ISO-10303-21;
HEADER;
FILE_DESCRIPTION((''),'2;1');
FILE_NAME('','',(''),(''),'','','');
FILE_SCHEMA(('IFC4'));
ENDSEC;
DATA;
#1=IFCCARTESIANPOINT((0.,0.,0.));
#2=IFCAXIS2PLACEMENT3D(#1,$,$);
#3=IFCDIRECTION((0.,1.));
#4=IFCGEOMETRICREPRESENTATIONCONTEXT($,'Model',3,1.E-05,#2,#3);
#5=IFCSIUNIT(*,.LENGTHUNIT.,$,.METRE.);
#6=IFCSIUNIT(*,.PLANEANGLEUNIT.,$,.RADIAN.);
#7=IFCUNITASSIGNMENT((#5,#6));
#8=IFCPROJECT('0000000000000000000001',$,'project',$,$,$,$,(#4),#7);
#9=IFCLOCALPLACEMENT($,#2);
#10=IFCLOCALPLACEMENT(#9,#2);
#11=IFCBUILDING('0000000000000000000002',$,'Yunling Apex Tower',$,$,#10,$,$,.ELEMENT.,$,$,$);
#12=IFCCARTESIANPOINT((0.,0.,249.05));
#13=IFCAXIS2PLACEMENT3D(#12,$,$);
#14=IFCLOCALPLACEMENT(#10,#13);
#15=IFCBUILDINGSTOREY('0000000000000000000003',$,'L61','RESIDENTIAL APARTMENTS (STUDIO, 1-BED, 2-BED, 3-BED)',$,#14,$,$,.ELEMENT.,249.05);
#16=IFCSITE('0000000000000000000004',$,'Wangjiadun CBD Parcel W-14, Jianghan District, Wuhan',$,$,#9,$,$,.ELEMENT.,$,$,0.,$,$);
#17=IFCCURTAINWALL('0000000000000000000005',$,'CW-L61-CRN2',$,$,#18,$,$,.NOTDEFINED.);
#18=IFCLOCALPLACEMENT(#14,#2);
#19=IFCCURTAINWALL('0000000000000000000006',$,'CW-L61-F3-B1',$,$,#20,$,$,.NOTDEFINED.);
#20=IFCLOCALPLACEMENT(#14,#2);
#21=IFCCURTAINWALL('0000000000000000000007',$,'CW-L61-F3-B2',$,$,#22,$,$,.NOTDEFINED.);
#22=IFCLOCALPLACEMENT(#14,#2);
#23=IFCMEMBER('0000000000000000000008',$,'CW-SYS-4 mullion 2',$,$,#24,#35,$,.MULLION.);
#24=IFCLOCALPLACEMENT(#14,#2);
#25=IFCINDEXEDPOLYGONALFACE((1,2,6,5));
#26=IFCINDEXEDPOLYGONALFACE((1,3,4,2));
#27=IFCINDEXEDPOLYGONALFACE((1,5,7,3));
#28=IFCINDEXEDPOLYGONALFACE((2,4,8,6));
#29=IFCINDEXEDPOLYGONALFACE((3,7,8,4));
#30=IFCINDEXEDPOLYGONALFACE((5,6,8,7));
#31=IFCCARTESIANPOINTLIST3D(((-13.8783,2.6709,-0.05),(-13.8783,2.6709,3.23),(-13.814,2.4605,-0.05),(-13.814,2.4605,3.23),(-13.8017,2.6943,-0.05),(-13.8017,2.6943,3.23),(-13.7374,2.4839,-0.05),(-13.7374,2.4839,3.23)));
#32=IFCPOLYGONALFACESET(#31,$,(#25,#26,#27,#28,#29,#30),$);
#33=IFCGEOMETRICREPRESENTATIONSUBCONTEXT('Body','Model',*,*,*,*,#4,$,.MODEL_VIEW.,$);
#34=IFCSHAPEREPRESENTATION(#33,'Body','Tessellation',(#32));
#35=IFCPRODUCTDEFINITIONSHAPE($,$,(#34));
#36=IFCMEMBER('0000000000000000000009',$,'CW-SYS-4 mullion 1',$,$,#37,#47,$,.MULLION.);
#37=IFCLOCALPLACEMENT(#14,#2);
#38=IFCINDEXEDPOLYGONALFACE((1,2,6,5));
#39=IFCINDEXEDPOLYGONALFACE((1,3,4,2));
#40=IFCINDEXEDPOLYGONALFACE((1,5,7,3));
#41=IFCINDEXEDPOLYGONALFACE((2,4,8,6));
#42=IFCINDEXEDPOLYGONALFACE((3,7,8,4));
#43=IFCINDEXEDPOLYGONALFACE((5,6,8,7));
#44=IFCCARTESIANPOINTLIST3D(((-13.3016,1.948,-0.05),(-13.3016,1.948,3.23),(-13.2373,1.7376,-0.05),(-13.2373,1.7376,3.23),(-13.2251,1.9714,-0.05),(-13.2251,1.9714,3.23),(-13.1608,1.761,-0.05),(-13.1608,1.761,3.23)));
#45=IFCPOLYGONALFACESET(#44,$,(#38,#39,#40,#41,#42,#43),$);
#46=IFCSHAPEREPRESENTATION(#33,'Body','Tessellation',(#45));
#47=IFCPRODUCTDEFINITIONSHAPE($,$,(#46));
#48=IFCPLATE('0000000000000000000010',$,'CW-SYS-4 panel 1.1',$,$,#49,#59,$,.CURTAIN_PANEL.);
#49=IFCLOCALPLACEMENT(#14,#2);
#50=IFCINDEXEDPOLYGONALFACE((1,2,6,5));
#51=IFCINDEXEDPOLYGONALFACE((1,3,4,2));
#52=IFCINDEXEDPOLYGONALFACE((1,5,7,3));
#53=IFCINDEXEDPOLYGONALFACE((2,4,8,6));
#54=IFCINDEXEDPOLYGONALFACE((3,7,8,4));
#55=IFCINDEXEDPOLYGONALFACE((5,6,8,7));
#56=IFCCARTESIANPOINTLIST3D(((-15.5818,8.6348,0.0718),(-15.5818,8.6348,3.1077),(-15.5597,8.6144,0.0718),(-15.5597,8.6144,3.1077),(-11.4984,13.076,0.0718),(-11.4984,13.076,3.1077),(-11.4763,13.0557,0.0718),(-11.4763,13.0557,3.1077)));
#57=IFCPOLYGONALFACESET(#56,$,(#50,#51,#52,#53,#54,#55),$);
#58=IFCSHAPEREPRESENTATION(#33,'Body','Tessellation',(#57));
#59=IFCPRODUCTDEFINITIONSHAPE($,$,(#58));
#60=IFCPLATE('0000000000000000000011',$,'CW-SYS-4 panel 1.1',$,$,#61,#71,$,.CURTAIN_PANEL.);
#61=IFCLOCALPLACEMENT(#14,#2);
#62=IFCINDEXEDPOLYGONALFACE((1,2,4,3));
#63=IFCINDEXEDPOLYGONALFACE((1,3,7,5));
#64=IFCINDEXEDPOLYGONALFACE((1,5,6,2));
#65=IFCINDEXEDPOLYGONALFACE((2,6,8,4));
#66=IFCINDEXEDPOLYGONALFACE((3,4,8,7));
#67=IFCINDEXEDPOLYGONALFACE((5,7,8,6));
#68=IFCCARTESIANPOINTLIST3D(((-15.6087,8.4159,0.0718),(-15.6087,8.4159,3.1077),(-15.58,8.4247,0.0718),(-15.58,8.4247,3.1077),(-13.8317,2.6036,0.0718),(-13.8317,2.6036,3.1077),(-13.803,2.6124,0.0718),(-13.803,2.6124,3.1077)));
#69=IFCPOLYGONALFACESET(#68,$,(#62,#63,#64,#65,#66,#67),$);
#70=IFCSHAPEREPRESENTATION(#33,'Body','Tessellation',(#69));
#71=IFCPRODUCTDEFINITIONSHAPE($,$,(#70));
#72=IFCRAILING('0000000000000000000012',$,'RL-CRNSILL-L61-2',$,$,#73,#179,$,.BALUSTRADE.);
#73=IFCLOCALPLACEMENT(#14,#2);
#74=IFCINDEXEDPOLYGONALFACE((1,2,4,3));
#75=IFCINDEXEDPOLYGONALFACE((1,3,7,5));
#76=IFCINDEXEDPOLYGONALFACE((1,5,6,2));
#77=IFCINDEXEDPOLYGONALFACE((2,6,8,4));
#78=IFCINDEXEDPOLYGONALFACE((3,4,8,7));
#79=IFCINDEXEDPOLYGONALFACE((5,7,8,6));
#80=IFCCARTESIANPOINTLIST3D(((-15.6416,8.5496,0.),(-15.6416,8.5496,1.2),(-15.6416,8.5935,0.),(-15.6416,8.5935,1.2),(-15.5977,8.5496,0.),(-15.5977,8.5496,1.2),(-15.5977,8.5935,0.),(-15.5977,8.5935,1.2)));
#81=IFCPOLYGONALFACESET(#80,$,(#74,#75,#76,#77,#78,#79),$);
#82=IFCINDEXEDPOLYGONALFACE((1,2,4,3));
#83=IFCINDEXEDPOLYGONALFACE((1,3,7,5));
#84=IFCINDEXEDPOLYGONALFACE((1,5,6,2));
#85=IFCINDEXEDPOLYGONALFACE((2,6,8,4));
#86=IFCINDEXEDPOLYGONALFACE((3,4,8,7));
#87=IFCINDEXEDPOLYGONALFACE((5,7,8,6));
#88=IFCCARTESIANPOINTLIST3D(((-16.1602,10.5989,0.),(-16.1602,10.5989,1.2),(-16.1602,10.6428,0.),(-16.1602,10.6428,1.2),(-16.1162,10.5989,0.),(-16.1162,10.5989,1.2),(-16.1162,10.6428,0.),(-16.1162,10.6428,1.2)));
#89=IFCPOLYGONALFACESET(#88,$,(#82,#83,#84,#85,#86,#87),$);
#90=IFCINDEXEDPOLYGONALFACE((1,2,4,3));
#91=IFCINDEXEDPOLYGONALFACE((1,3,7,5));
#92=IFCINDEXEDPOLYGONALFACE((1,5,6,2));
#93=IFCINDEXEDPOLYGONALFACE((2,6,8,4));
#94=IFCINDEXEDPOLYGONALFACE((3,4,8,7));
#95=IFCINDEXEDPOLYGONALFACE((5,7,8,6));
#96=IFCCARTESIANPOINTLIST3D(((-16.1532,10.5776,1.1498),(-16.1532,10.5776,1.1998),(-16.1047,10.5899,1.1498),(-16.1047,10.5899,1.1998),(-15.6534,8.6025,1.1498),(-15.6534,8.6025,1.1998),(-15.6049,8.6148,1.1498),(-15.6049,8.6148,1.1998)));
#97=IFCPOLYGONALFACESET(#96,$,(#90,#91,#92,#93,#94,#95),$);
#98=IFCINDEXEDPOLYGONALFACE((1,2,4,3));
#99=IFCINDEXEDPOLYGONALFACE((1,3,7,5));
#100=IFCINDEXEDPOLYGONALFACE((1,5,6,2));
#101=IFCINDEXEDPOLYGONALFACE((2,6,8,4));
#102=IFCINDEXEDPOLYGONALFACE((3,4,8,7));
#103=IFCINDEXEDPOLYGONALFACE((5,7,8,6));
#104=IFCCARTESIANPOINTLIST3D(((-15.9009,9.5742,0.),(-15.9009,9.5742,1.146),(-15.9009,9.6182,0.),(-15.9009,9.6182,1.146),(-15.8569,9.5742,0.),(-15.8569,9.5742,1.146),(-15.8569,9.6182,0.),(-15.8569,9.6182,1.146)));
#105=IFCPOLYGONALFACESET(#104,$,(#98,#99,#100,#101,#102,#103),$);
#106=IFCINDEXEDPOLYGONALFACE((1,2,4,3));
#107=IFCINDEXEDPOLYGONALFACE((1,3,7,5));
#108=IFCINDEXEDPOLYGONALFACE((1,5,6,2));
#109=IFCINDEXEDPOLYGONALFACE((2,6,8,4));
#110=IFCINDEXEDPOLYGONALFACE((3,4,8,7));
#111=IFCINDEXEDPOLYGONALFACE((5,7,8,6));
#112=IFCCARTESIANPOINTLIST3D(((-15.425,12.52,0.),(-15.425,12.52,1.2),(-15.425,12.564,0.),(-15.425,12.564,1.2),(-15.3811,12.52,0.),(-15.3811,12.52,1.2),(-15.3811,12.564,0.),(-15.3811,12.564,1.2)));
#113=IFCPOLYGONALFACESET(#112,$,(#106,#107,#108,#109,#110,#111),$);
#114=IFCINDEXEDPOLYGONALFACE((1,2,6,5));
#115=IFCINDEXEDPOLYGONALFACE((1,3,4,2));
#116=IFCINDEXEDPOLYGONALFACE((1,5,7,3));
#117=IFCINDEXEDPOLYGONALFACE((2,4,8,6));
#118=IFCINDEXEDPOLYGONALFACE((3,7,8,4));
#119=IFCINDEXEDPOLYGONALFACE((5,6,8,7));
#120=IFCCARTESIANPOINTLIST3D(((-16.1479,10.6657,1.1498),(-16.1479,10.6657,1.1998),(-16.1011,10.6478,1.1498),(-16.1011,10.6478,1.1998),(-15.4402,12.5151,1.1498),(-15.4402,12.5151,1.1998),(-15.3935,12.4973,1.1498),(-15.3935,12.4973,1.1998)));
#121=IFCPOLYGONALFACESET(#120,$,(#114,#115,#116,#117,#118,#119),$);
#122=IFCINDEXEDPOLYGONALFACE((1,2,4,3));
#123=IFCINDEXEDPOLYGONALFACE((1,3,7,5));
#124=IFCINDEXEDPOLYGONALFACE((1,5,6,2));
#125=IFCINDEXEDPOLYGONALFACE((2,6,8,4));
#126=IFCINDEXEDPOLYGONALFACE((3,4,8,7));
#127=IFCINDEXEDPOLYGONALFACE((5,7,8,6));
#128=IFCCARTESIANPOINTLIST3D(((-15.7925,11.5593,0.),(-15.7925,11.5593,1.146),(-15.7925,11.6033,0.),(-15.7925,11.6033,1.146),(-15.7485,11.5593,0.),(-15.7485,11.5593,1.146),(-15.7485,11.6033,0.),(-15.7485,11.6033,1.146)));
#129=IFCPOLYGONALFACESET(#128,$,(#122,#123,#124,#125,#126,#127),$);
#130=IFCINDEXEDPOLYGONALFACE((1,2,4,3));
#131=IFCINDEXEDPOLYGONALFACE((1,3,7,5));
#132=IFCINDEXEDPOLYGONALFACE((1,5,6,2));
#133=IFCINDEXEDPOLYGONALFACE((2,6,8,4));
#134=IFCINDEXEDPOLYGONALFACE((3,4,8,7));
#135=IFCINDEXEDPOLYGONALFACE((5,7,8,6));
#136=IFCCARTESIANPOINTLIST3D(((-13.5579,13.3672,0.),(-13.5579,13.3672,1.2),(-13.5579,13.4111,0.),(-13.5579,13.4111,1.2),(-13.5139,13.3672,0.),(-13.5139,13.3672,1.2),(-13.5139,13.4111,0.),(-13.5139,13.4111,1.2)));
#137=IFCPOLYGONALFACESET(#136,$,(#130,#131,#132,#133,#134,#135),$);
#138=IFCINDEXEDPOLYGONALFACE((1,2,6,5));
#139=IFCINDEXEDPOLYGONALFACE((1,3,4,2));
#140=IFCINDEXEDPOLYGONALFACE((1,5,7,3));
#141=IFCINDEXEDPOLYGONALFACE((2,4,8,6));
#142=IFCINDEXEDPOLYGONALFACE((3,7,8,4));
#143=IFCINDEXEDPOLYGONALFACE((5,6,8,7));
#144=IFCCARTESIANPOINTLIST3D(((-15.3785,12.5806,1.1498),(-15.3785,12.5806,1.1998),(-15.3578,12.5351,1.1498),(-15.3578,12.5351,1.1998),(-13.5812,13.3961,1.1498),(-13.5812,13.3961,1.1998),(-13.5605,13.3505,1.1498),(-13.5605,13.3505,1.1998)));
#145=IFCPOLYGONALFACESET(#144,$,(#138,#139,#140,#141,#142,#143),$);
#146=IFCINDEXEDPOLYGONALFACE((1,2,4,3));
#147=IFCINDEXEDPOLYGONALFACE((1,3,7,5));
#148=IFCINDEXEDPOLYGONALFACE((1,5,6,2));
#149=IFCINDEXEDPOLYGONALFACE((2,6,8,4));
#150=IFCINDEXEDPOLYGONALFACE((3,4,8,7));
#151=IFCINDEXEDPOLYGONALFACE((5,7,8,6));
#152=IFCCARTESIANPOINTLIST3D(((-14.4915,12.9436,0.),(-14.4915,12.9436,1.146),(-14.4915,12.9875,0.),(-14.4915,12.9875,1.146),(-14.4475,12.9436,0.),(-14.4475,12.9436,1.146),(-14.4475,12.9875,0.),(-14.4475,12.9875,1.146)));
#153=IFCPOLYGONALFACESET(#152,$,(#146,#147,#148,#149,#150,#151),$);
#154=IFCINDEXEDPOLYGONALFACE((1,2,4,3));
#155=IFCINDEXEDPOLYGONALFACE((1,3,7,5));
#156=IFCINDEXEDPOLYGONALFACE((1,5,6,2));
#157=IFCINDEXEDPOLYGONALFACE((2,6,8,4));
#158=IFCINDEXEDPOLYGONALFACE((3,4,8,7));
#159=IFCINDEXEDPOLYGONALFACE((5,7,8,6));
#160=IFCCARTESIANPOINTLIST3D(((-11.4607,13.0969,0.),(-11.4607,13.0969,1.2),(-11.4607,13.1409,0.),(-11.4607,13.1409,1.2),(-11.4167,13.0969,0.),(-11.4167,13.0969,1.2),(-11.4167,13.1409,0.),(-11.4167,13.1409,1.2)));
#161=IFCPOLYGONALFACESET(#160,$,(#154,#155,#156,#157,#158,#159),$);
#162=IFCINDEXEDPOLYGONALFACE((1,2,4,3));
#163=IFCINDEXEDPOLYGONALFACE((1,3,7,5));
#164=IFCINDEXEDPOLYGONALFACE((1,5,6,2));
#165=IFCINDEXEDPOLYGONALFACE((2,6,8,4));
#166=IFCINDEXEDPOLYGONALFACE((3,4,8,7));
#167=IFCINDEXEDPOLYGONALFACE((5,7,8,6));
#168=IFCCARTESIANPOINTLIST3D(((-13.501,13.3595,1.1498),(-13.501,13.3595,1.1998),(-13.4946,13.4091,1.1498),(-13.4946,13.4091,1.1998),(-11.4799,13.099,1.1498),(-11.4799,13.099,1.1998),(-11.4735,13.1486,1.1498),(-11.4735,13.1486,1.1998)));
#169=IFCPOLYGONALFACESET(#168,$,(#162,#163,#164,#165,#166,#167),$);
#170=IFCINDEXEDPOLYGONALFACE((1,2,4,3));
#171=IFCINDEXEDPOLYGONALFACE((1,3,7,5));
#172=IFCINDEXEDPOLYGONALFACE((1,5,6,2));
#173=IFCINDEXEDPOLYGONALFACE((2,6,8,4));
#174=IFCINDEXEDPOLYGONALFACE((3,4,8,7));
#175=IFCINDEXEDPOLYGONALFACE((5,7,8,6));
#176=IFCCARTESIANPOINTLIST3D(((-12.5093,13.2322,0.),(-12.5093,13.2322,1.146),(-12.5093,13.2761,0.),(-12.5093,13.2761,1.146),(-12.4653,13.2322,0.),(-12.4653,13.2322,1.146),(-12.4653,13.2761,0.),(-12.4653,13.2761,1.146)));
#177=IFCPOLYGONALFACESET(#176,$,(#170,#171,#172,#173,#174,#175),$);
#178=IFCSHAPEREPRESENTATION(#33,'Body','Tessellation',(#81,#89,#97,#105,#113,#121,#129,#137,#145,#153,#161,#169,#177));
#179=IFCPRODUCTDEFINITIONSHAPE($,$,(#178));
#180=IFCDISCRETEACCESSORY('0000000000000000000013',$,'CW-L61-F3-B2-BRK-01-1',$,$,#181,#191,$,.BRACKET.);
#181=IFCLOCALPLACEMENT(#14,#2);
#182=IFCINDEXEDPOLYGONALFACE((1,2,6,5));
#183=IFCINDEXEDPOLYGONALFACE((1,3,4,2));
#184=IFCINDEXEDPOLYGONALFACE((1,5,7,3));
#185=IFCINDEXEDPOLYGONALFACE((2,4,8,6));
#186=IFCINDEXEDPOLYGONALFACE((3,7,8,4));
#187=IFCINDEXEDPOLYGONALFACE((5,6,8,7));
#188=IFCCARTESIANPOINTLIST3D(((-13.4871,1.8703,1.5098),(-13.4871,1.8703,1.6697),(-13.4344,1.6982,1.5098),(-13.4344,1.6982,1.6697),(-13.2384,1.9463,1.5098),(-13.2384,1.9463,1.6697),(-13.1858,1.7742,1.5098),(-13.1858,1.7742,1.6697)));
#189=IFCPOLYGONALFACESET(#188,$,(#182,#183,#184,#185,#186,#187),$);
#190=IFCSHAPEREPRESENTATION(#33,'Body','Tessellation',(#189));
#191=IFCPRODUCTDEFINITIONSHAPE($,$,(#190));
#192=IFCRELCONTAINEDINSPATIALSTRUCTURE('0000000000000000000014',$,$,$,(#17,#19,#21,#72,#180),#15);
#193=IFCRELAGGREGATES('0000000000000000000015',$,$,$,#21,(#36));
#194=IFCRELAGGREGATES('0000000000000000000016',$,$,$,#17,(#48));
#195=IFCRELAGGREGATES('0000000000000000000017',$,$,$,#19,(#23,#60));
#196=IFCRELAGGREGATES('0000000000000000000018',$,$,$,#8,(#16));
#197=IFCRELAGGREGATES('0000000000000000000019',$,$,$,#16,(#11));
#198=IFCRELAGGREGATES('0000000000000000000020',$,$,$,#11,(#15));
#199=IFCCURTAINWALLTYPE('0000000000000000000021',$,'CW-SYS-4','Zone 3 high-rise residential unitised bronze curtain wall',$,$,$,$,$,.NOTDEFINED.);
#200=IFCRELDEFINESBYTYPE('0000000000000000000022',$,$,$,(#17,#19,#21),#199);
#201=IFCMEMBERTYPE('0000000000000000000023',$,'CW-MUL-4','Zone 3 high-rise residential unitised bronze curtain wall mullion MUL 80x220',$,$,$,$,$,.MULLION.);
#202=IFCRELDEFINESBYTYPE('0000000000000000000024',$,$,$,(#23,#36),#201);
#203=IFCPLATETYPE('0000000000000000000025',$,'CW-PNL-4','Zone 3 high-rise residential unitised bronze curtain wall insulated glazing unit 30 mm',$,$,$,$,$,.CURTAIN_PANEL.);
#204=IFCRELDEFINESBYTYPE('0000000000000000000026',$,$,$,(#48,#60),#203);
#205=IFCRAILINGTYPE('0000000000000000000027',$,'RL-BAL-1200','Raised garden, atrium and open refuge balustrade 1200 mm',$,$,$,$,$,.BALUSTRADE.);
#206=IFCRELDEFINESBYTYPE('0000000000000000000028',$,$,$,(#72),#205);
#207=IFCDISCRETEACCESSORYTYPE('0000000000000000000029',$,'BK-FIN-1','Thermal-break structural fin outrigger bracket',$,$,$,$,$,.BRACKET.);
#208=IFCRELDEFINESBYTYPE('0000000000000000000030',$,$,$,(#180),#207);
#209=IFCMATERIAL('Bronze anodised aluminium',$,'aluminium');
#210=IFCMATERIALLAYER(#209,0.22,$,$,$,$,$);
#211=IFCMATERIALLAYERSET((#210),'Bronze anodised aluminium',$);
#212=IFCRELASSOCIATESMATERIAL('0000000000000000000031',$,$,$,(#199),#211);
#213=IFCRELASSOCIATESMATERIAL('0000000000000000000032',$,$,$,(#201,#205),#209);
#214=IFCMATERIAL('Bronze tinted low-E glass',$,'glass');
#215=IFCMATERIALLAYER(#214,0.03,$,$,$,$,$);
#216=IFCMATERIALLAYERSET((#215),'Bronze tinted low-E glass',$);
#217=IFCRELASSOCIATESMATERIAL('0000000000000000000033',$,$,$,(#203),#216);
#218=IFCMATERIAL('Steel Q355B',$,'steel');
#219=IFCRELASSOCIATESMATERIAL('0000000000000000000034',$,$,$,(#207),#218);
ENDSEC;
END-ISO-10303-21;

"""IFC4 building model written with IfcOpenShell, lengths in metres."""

from ifc_helpers import new_model, si_unit, direction, frame, origin, origin_2d, place, context, subcontext, project, spatial, rectangle, extrude, source, transform, mapped, material, layer, layer_set, material_profile, profile_set, type_object, element, aggregate, save


model = new_model("IFC4")

# Units and contexts
model_context = context("Model", 3, precision=1e-05, world=origin(), true_north=direction((0.0, 1.0)))
body_context = subcontext(model_context, "Body", "Model", "MODEL_VIEW")
ifc_project = project(units=[si_unit("LENGTHUNIT", "METRE"), si_unit("PLANEANGLEUNIT", "RADIAN")], contexts=[model_context])

# Site, building, storey
site_placement = place(None, origin())
site = spatial("IfcSite", under=ifc_project, at=site_placement, Name="Wangjiadun CBD Parcel W-14, Jianghan District, Wuhan", CompositionType="ELEMENT", RefElevation=0.0)
building_placement = place(site_placement, origin())
building = spatial("IfcBuilding", under=site, at=building_placement, Name="Yunling Apex Tower", CompositionType="ELEMENT")
storey_placement = place(building_placement, frame((0.0, 0.0, 249.05)))
storey = spatial("IfcBuildingStorey", under=building, at=storey_placement, Name="L61", Description="RESIDENTIAL APARTMENTS (STUDIO, 1-BED, 2-BED, 3-BED)", CompositionType="ELEMENT", Elevation=249.05)

# Shared definitions
ifc_material_1 = material(Name="Steel Q355B", Category="steel")

# Curtain walls
ifc_material_2 = material(Name="Bronze anodised aluminium", Category="aluminium")
ifc_layer_1 = layer(ifc_material_2, 0.22)
ifc_layer_set_1 = layer_set([ifc_layer_1], Name="Bronze anodised aluminium")
curtain_wall_type = type_object("IfcCurtainWallType", Name="CW-SYS-4", Description="Zone 3 high-rise residential unitised bronze curtain wall", PredefinedType="NOTDEFINED", material=ifc_layer_set_1)
curtain_wall_1_placement = place(storey_placement, origin())
curtain_wall_1 = element("IfcCurtainWall", 1, at=curtain_wall_1_placement, inside=storey, type_object=curtain_wall_type, Name="CW-L61-CRN2", PredefinedType="NOTDEFINED")
curtain_wall_2_placement = place(storey_placement, origin())
curtain_wall_2 = element("IfcCurtainWall", 2, at=curtain_wall_2_placement, inside=storey, type_object=curtain_wall_type, Name="CW-L61-F3-B1", PredefinedType="NOTDEFINED")
curtain_wall_3_placement = place(storey_placement, origin())
curtain_wall_3 = element("IfcCurtainWall", 3, at=curtain_wall_3_placement, inside=storey, type_object=curtain_wall_type, Name="CW-L61-F3-B2", PredefinedType="NOTDEFINED")

# Shared definitions
ifc_material_profile_1 = material_profile(ifc_material_2, rectangle(XDim=0.0801, YDim=0.22, at=origin_2d()))
ifc_profile_set_1 = profile_set([ifc_material_profile_1], Name="Bronze anodised aluminium")
member_type_1 = type_object("IfcMemberType", Name="CW-MUL-4", Description="Zone 3 high-rise residential unitised bronze curtain wall mullion MUL 80x220", PredefinedType="MULLION", material=ifc_profile_set_1)
shared_shape_1 = source(origin(), body_context, "Body", "SweptSolid", [
    extrude(rectangle(XDim=0.0801, YDim=0.22, at=origin_2d()), origin(), (0.0, 0.0, 1.0), 3.28),
])

# Members
member_1_placement = place(storey_placement, frame((-13.8079, 2.5774, -0.05), z_axis=(0.0, 0.0, 1.0), x_axis=(0.956305, 0.292372, 0.0)))
member_1 = element("IfcMember", 4, at=member_1_placement, type_object=member_type_1, Name="CW-SYS-4 mullion 2", PredefinedType="MULLION", context=body_context, shape_type="MappedRepresentation", body=[
    mapped(shared_shape_1, transform((0.0, 0.0, 0.0), scale=1.0)),
])
member_2_placement = place(storey_placement, frame((-13.2312, 1.8545, -0.05), z_axis=(0.0, 0.0, 1.0), x_axis=(0.956304, 0.292373, 0.0)))
member_2 = element("IfcMember", 5, at=member_2_placement, type_object=member_type_1, Name="CW-SYS-4 mullion 1", PredefinedType="MULLION", context=body_context, shape_type="MappedRepresentation", body=[
    mapped(shared_shape_1, transform((0.0, 0.0, 0.0), scale=1.0)),
])
aggregate(curtain_wall_3, [member_2])

# Plates
ifc_material_3 = material(Name="Bronze tinted low-E glass", Category="glass")
ifc_layer_2 = layer(ifc_material_3, 0.03)
ifc_layer_set_2 = layer_set([ifc_layer_2], Name="Bronze tinted low-E glass")
plate_type = type_object("IfcPlateType", Name="CW-PNL-4", Description="Zone 3 high-rise residential unitised bronze curtain wall insulated glazing unit 30 mm", PredefinedType="CURTAIN_PANEL", material=ifc_layer_set_2)
shared_shape_2 = source(origin(), body_context, "Body", "SweptSolid", [
    extrude(rectangle(XDim=6.0332, YDim=0.03, at=origin_2d()), origin(), (0.0, 0.0, 1.0), 3.0359),
])
plate_1_placement = place(storey_placement, frame((-13.5291, 10.8452, 0.0718), z_axis=(0.0, 0.0, 1.0), x_axis=(-0.676836, -0.736134, 0.0)))
plate_1 = element("IfcPlate", 6, at=plate_1_placement, type_object=plate_type, Name="CW-SYS-4 panel 1.1", PredefinedType="CURTAIN_PANEL", context=body_context, shape_type="MappedRepresentation", body=[
    mapped(shared_shape_2, transform((0.0, 0.0, 0.0), scale=1.0)),
])
aggregate(curtain_wall_1, [plate_1])
shared_shape_3 = source(origin(), body_context, "Body", "SweptSolid", [
    extrude(rectangle(XDim=6.0779, YDim=0.03, at=origin_2d()), origin(), (0.0, 0.0, 1.0), 3.0359),
])
plate_2_placement = place(storey_placement, frame((-14.7058, 5.5142, 0.0718), z_axis=(0.0, 0.0, 1.0), x_axis=(0.292372, -0.956305, 0.0)))
plate_2 = element("IfcPlate", 7, at=plate_2_placement, type_object=plate_type, Name="CW-SYS-4 panel 1.1", PredefinedType="CURTAIN_PANEL", context=body_context, shape_type="MappedRepresentation", body=[
    mapped(shared_shape_3, transform((0.0, 0.0, 0.0), scale=1.0)),
])
aggregate(curtain_wall_2, [member_1, plate_2])

# Railing
railing_type = type_object("IfcRailingType", Name="RL-BAL-1200", Description="Raised garden, atrium and open refuge balustrade 1200 mm", PredefinedType="BALUSTRADE", material=ifc_material_2)
railing_placement = place(storey_placement, frame((-15.6196, 8.5715, 0.0)))
element("IfcRailing", 8, at=railing_placement, inside=storey, type_object=railing_type, Name="RL-CRNSILL-L61-2", PredefinedType="BALUSTRADE", context=body_context, shape_type="SweptSolid", body=[
    extrude(rectangle(XDim=0.0439, YDim=0.0439, at=origin_2d()), origin(), (0.0, 0.0, 1.0), 1.2),
    extrude(rectangle(XDim=0.0439, YDim=0.0439, at=origin_2d()), frame((-0.5186, 2.0493, 0.0)), (0.0, 0.0, 1.0), 1.2),
    extrude(rectangle(XDim=0.05, YDim=0.05, at=origin_2d()), frame((-0.0095, 0.0371, 1.1748), z_axis=(-0.245306, 0.969446, 0.0), x_axis=(-0.969446, -0.245306, 0.0)), (0.0, 0.0, 1.0), 2.0374),
    extrude(rectangle(XDim=0.0439, YDim=0.0439, at=origin_2d()), frame((-0.2593, 1.0247, 0.0)), (0.0, 0.0, 1.0), 1.146),
    extrude(rectangle(XDim=0.0439, YDim=0.0439, at=origin_2d()), frame((0.2166, 3.9705, 0.0)), (0.0, 0.0, 1.0), 1.2),
    extrude(rectangle(XDim=0.05, YDim=0.05, at=origin_2d()), frame((-0.5049, 2.0852, 1.1748), z_axis=(0.357372, 0.933962, 0.0), x_axis=(-0.933962, 0.357372, 0.0)), (0.0, 0.0, 1.0), 1.9802),
    extrude(rectangle(XDim=0.0439, YDim=0.0439, at=origin_2d()), frame((-0.1509, 3.0098, 0.0)), (0.0, 0.0, 1.0), 1.146),
    extrude(rectangle(XDim=0.0439, YDim=0.0439, at=origin_2d()), frame((2.0837, 4.8176, 0.0)), (0.0, 0.0, 1.0), 1.2),
    extrude(rectangle(XDim=0.05, YDim=0.05, at=origin_2d()), frame((0.2515, 3.9863, 1.1748), z_axis=(0.910652, 0.413175, 0.0), x_axis=(-0.413175, 0.910652, 0.0)), (0.0, 0.0, 1.0), 1.9736),
    extrude(rectangle(XDim=0.0439, YDim=0.0439, at=origin_2d()), frame((1.1501, 4.394, 0.0)), (0.0, 0.0, 1.0), 1.146),
    extrude(rectangle(XDim=0.0439, YDim=0.0439, at=origin_2d()), frame((4.1809, 4.5474, 0.0)), (0.0, 0.0, 1.0), 1.2),
    extrude(rectangle(XDim=0.05, YDim=0.05, at=origin_2d()), frame((2.1218, 4.8127, 1.1748), z_axis=(0.991798, -0.127814, 0.0), x_axis=(0.127814, 0.991798, 0.0)), (0.0, 0.0, 1.0), 2.0378),
    extrude(rectangle(XDim=0.0439, YDim=0.0439, at=origin_2d()), frame((3.1323, 4.6826, 0.0)), (0.0, 0.0, 1.0), 1.146),
])

# Discrete accessory
discrete_accessory_type = type_object("IfcDiscreteAccessoryType", Name="BK-FIN-1", Description="Thermal-break structural fin outrigger bracket", PredefinedType="BRACKET", material=ifc_material_1)
shared_shape_4 = source(origin(), body_context, "Body", "SweptSolid", [
    extrude(rectangle(XDim=0.1799, YDim=0.26, at=origin_2d()), origin(), (0.0, 0.0, 1.0), 0.1599),
])
discrete_accessory_placement = place(storey_placement, frame((-13.3364, 1.8223, 1.5098), z_axis=(0.0, 0.0, 1.0), x_axis=(0.292372, -0.956305, 0.0)))
element("IfcDiscreteAccessory", 9, at=discrete_accessory_placement, inside=storey, type_object=discrete_accessory_type, Name="CW-L61-F3-B2-BRK-01-1", PredefinedType="BRACKET", context=body_context, shape_type="MappedRepresentation", body=[
    mapped(shared_shape_4, transform((0.0, 0.0, 0.0), scale=1.0)),
])

save(model, "model.ifc")
